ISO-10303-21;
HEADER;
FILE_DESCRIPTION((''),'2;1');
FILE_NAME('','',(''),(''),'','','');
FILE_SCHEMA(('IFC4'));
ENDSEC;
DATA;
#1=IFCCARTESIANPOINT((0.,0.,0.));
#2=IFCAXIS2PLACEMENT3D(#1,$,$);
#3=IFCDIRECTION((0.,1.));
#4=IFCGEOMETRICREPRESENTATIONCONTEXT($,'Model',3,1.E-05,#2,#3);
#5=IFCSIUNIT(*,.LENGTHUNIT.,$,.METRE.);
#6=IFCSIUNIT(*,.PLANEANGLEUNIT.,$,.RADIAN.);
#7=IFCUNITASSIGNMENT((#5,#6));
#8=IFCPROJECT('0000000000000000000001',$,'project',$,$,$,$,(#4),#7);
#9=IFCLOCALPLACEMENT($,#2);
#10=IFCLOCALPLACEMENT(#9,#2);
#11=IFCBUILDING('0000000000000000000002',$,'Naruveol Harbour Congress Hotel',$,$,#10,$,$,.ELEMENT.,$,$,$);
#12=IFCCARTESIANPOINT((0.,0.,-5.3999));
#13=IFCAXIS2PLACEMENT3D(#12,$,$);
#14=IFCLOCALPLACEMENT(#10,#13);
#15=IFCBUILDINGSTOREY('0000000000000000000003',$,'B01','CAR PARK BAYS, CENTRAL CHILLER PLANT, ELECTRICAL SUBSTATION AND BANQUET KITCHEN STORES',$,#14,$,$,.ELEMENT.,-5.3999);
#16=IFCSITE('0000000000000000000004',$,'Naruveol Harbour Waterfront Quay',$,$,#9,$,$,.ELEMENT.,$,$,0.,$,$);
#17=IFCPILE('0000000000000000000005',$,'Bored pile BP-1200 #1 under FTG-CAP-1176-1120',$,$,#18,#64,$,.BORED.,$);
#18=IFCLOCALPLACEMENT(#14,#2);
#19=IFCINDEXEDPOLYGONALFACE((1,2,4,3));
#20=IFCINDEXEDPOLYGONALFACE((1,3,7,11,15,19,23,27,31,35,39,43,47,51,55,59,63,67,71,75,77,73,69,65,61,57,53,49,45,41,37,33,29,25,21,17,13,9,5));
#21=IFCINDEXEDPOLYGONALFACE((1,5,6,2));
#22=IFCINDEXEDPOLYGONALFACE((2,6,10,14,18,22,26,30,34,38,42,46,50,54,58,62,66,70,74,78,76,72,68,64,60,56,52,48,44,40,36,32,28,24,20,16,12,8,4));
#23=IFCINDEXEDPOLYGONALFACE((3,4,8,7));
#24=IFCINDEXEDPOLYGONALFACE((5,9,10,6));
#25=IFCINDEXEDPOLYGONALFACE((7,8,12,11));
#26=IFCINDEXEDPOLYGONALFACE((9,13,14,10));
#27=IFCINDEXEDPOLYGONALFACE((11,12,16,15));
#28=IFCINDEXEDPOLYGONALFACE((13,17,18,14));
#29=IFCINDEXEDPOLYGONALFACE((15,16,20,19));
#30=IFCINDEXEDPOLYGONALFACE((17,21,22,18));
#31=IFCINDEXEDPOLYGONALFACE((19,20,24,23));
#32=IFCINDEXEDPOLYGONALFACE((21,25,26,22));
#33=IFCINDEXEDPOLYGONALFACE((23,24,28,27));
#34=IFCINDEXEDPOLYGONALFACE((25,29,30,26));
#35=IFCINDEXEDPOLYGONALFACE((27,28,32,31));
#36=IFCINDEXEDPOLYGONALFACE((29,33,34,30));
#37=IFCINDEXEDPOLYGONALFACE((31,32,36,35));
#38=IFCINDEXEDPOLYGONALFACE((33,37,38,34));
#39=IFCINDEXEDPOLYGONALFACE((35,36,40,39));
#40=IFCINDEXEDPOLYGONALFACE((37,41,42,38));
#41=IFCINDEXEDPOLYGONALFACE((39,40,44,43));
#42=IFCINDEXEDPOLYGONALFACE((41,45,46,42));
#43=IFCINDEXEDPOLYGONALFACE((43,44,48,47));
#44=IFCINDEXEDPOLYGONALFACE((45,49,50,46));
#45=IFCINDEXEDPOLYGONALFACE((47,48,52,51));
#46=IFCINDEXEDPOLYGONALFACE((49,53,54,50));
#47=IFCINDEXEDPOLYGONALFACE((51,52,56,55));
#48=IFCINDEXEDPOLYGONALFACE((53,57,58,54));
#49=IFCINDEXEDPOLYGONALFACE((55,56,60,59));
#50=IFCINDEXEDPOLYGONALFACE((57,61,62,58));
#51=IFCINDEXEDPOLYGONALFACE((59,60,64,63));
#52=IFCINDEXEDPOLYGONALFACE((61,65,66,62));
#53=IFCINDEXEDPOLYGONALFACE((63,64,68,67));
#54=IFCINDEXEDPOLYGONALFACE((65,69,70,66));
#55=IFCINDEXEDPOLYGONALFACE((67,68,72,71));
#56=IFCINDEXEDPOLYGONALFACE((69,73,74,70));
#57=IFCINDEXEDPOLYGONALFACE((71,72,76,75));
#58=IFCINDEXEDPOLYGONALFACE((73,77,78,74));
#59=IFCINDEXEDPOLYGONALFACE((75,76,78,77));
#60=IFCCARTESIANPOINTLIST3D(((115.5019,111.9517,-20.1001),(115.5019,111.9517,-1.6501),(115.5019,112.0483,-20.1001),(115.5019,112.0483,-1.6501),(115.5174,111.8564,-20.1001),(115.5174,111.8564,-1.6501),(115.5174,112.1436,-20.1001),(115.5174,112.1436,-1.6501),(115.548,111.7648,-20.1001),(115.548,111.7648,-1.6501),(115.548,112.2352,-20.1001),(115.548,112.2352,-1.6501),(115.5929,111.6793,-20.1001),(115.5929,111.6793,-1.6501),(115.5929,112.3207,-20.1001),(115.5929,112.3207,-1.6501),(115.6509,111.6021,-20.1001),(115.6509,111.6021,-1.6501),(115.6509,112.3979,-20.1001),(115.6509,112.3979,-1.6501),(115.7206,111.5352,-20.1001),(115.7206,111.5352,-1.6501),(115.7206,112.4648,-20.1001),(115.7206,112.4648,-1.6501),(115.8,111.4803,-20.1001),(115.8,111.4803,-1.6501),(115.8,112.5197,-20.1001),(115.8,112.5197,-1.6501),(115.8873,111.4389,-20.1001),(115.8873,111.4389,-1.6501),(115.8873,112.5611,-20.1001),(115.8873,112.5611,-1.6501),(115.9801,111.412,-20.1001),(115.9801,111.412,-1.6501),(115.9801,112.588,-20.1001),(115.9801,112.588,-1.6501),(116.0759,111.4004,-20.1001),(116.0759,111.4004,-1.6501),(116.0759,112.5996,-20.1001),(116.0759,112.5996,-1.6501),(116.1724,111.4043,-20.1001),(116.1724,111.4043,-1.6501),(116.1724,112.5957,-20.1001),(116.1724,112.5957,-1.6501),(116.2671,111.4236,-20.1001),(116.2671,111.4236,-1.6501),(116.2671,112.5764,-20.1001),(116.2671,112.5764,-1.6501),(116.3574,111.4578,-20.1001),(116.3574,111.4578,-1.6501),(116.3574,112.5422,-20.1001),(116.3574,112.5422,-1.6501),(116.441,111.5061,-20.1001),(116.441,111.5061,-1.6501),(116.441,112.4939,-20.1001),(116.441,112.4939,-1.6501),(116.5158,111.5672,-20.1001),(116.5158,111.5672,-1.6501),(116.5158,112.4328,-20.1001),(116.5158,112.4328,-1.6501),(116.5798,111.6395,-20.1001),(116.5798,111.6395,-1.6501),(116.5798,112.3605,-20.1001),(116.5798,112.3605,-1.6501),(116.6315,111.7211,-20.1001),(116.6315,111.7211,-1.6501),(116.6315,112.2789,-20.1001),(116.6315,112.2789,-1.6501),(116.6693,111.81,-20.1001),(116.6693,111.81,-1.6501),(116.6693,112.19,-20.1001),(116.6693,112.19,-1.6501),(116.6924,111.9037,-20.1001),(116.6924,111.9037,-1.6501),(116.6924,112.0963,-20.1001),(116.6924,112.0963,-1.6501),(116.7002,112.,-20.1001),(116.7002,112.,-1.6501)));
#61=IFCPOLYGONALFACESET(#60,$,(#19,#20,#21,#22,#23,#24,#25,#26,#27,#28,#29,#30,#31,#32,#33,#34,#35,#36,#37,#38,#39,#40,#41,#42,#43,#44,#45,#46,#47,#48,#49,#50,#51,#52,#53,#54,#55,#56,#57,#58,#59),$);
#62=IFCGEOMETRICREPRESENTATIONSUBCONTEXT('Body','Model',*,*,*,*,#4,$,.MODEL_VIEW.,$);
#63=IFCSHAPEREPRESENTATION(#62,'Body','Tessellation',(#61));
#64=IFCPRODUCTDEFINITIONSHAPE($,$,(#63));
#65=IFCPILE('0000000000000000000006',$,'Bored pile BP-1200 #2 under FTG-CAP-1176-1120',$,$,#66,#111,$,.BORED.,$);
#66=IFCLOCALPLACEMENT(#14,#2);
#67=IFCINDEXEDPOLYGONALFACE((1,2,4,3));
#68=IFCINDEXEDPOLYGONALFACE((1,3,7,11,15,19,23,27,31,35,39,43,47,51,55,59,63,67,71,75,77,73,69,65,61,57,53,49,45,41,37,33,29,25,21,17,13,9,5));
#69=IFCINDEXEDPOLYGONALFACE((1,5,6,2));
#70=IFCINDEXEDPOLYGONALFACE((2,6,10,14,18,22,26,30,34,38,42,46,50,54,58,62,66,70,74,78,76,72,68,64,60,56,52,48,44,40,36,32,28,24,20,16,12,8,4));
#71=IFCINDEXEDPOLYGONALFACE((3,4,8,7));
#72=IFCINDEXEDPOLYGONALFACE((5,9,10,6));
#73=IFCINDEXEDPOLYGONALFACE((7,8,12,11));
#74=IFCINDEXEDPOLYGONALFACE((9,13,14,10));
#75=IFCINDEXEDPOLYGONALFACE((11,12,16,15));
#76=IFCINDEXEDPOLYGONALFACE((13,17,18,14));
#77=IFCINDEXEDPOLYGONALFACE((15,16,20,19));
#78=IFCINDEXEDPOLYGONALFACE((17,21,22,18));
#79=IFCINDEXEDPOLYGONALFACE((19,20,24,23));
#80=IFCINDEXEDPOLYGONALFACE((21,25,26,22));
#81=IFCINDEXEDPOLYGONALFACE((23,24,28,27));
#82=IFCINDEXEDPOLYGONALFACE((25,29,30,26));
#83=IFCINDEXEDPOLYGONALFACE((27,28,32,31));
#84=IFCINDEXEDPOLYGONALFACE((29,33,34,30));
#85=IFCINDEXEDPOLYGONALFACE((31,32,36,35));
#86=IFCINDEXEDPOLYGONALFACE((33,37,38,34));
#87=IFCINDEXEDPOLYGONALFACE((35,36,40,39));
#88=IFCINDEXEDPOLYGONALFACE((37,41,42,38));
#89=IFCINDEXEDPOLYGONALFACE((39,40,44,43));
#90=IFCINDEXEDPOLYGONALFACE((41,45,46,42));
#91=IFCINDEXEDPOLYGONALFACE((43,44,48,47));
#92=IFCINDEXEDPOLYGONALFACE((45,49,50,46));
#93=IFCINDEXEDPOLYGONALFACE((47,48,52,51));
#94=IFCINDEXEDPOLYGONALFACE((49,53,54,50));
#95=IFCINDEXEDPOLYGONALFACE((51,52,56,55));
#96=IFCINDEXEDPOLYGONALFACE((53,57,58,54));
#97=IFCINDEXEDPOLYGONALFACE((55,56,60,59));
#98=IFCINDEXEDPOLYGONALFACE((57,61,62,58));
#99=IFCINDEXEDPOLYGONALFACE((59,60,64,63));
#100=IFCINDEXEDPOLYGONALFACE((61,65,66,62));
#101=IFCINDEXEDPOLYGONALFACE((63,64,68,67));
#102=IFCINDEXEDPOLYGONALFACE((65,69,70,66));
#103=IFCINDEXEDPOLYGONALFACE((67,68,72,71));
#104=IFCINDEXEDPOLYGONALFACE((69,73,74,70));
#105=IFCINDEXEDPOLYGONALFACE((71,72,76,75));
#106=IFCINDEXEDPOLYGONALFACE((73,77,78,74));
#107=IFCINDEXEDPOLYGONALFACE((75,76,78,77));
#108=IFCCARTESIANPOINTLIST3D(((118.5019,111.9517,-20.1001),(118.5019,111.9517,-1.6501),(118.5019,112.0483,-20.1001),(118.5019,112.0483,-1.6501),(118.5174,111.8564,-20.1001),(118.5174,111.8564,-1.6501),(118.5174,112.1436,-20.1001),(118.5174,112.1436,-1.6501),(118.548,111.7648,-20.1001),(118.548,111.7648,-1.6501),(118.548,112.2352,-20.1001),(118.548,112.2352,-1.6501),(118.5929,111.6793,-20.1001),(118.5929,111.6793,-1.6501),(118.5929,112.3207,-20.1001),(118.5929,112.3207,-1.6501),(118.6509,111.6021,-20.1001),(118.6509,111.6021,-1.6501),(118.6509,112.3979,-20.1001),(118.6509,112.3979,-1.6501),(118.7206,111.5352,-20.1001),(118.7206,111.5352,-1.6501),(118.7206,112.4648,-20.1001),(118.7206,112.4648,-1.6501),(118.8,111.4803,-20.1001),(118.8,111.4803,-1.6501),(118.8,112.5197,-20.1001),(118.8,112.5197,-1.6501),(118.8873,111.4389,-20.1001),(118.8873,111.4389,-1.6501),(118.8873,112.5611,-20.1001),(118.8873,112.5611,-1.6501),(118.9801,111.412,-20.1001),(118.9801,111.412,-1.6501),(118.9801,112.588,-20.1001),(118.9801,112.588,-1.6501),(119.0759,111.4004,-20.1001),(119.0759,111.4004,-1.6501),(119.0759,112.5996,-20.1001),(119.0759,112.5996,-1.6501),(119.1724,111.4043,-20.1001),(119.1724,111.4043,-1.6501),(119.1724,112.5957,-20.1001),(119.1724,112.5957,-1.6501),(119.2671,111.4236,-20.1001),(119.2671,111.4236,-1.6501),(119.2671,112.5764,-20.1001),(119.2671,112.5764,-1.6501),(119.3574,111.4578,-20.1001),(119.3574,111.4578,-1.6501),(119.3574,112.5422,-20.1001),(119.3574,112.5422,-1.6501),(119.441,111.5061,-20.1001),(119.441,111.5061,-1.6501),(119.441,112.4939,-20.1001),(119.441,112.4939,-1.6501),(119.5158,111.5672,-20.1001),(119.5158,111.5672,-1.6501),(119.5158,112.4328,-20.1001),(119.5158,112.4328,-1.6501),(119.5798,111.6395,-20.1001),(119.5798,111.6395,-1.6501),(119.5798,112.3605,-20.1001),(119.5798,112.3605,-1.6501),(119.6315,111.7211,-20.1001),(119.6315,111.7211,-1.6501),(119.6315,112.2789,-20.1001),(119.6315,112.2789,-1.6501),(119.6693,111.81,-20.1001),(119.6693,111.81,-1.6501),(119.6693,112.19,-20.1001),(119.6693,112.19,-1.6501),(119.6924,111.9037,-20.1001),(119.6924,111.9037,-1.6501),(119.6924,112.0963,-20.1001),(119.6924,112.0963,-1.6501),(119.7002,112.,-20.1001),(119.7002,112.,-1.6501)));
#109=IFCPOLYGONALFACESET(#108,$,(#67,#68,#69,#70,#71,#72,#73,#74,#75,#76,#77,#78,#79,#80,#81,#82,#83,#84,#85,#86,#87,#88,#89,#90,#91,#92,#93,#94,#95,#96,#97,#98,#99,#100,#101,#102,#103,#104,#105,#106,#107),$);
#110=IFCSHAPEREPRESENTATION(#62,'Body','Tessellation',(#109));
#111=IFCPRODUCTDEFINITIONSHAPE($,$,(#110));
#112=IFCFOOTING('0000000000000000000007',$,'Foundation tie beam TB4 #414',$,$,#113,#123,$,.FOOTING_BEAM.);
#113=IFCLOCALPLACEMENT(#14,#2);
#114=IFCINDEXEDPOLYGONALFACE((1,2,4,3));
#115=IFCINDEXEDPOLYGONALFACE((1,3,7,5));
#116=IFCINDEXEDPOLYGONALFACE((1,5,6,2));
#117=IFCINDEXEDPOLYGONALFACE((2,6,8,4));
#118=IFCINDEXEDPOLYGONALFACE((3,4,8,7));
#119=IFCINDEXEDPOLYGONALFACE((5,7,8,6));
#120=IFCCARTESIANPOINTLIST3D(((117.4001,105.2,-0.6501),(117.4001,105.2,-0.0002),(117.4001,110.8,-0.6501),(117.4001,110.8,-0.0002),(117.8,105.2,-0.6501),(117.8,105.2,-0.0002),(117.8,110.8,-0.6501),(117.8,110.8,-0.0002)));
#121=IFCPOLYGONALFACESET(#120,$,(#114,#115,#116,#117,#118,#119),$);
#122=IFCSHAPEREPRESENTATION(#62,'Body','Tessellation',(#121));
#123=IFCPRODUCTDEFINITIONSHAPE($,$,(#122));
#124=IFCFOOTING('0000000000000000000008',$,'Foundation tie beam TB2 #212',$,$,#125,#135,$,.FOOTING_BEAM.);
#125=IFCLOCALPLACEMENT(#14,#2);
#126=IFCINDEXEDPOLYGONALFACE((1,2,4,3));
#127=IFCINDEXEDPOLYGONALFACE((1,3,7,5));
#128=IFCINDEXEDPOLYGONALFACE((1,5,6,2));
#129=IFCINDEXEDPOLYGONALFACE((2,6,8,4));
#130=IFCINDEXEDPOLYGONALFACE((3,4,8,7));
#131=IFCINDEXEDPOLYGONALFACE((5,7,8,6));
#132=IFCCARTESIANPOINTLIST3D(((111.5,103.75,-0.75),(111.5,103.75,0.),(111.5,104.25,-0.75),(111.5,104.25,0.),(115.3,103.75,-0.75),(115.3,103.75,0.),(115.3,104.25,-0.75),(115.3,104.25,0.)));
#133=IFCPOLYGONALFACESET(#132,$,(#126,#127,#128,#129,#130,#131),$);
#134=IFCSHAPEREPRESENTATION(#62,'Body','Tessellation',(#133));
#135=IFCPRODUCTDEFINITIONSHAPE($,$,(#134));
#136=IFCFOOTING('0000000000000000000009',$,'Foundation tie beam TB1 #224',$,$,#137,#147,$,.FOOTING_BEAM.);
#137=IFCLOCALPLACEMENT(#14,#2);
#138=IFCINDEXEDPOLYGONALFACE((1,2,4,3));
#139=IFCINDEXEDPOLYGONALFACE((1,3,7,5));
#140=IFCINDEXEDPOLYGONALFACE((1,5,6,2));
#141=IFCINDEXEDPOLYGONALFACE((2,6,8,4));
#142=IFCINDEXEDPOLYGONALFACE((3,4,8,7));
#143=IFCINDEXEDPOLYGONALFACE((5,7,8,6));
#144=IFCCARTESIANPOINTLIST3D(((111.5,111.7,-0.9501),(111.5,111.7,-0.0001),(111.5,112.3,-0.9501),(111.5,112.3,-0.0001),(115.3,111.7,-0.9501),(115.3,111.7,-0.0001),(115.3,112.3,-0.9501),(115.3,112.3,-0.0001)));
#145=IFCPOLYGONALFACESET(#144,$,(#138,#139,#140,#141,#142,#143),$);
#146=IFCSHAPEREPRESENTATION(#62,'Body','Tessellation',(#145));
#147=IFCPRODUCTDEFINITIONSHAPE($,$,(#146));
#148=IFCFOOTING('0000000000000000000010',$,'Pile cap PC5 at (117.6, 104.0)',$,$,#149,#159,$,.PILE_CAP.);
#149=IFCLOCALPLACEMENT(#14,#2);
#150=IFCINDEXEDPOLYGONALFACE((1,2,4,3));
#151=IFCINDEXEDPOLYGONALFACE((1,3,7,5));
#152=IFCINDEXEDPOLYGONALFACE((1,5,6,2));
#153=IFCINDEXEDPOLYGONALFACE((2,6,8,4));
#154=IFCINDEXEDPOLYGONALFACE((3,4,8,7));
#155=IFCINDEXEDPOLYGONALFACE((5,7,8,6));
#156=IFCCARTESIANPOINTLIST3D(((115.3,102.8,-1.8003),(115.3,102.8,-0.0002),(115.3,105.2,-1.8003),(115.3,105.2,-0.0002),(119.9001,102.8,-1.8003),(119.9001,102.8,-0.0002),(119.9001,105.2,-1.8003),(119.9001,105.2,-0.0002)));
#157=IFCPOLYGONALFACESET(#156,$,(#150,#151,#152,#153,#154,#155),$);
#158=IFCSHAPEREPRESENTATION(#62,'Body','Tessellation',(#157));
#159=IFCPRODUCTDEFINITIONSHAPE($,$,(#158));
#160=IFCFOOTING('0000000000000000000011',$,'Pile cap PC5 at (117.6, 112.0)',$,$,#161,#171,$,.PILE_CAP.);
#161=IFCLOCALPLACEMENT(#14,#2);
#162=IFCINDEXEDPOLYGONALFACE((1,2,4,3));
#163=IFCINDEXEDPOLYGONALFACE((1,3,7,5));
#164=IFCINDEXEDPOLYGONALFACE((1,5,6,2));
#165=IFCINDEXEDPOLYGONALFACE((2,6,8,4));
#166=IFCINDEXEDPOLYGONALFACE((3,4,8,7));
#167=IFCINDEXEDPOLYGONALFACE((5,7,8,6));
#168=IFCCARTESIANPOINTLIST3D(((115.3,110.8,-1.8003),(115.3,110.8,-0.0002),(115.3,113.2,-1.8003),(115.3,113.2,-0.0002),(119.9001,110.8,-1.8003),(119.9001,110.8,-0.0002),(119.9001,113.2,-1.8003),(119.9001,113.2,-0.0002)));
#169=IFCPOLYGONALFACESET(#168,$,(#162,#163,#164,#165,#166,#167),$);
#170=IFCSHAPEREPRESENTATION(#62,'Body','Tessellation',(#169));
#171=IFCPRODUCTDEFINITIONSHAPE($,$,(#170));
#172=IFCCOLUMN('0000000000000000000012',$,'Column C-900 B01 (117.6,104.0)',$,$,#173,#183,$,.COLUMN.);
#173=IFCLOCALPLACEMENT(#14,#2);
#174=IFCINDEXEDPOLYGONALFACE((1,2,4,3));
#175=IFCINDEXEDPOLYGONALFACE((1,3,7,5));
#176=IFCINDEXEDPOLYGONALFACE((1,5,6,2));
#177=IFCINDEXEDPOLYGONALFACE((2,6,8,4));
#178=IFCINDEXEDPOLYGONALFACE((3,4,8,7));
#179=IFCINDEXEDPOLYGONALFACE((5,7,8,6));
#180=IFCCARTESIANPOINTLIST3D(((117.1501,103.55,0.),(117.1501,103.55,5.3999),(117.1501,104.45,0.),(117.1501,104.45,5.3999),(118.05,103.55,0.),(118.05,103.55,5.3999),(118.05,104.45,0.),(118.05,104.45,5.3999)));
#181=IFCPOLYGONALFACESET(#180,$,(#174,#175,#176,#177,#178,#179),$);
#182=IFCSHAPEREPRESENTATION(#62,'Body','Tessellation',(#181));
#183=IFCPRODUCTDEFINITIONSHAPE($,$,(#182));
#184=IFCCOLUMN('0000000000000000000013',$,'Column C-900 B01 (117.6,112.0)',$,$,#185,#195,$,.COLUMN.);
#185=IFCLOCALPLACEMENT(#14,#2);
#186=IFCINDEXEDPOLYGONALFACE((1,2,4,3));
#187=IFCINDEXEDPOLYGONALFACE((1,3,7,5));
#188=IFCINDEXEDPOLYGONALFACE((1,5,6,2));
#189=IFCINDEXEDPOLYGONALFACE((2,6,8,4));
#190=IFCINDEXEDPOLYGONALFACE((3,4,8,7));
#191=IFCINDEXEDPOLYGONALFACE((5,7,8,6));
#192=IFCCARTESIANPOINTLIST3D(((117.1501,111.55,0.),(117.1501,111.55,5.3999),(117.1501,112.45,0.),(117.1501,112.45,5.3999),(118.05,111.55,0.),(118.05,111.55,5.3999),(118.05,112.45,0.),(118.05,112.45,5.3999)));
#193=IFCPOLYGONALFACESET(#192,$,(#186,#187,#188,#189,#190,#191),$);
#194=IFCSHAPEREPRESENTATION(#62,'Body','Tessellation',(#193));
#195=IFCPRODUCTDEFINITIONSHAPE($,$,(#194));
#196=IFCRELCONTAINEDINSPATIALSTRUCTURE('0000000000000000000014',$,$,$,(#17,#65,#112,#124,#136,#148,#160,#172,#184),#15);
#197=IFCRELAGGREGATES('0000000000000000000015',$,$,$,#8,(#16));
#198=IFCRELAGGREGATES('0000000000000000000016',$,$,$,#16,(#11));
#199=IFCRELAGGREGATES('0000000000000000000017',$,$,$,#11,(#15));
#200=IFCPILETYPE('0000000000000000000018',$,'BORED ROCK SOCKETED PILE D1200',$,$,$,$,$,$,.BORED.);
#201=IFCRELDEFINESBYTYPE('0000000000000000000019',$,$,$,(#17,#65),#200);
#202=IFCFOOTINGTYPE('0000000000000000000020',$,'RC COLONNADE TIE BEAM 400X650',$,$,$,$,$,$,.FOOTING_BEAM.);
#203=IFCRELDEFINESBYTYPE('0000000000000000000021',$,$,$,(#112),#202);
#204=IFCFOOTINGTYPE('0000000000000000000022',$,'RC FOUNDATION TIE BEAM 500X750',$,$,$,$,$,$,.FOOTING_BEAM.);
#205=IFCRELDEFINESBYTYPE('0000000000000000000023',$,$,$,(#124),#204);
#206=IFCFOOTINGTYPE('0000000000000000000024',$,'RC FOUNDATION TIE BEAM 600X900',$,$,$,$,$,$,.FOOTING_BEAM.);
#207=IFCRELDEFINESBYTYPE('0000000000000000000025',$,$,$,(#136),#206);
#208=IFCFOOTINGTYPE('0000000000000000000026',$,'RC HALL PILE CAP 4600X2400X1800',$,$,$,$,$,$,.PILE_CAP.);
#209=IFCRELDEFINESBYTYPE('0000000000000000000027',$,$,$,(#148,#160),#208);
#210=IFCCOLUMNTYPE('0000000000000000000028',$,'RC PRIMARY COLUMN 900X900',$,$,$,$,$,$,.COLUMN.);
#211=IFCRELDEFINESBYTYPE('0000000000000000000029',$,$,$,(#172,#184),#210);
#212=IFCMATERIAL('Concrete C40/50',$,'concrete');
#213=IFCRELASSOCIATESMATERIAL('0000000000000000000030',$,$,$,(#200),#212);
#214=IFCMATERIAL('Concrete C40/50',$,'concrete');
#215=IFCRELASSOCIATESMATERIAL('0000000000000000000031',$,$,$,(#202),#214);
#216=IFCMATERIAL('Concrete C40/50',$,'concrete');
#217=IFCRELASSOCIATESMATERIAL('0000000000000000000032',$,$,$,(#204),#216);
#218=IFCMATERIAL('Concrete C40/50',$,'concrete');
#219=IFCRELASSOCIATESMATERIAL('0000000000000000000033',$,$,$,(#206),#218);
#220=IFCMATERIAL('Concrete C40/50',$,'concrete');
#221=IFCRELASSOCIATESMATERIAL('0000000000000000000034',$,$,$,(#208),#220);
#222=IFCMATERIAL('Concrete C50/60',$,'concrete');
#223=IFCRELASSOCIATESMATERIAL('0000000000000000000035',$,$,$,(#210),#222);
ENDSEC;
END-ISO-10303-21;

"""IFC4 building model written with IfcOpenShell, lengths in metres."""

from ifc_helpers import new_model, si_unit, direction, frame, origin, origin_2d, place, context, subcontext, project, spatial, rectangle, circle, extrude, material, material_profile, profile_set, type_object, element, save


model = new_model("IFC4")

# Units and contexts
model_context = context("Model", 3, precision=1e-05, world=origin(), true_north=direction((0.0, 1.0)))
body_context = subcontext(model_context, "Body", "Model", "MODEL_VIEW")
ifc_project = project(units=[si_unit("LENGTHUNIT", "METRE"), si_unit("PLANEANGLEUNIT", "RADIAN")], contexts=[model_context])

# Site, building, storey
site_placement = place(None, origin())
site = spatial("IfcSite", under=ifc_project, at=site_placement, Name="Naruveol Harbour Waterfront Quay", CompositionType="ELEMENT", RefElevation=0.0)
building_placement = place(site_placement, origin())
building = spatial("IfcBuilding", under=site, at=building_placement, Name="Naruveol Harbour Congress Hotel", CompositionType="ELEMENT")
storey_placement = place(building_placement, frame((0.0, 0.0, -5.3999)))
storey = spatial("IfcBuildingStorey", under=building, at=storey_placement, Name="B01", Description="CAR PARK BAYS, CENTRAL CHILLER PLANT, ELECTRICAL SUBSTATION AND BANQUET KITCHEN STORES", CompositionType="ELEMENT", Elevation=-5.3999)

# Piles
ifc_material_1 = material(Name="Concrete C40/50", Category="concrete")
ifc_material_profile_1 = material_profile(ifc_material_1, circle(Radius=0.6001, at=origin_2d()), Name="BP-1200")
ifc_profile_set_1 = profile_set([ifc_material_profile_1], Name="Concrete C40/50")
pile_type = type_object("IfcPileType", Name="BORED ROCK SOCKETED PILE D1200", PredefinedType="BORED", material=ifc_profile_set_1)
for number, where, z_axis, x_axis, name in (
    (1, (116.1001, 112.0, -1.6501), (0.0, 0.0, -1.0), (1.0, 0.0, 0.0), "Bored pile BP-1200 #1 under FTG-CAP-1176-1120"),
    (2, (119.1001, 112.0, -1.6501), (0.0, 0.0, -1.0), (1.0, 0.0, 0.0), "Bored pile BP-1200 #2 under FTG-CAP-1176-1120"),
):
    element("IfcPile", number, at=place(storey_placement, frame(where, z_axis=z_axis, x_axis=x_axis)), inside=storey, type_object=pile_type, Name=name, PredefinedType="BORED", context=body_context, shape_type="SweptSolid", body=[
        extrude(circle(Radius=0.6001, at=origin_2d()), origin(), (0.0, 0.0, 1.0), 18.45),
    ])

# Footings
ifc_material_2 = material(Name="Concrete C40/50", Category="concrete")
ifc_material_profile_2 = material_profile(ifc_material_2, rectangle(XDim=0.3999, YDim=0.6499, at=origin_2d()), Name="RCB-400x650")
ifc_profile_set_2 = profile_set([ifc_material_profile_2], Name="Concrete C40/50")
footing_type_1 = type_object("IfcFootingType", Name="RC COLONNADE TIE BEAM 400X650", PredefinedType="FOOTING_BEAM", material=ifc_profile_set_2)
footing_1_placement = place(storey_placement, frame((117.6001, 105.2, -0.3252), z_axis=(0.0, 1.0, 0.0), x_axis=(-1.0, 0.0, 0.0)))
element("IfcFooting", 3, at=footing_1_placement, inside=storey, type_object=footing_type_1, Name="Foundation tie beam TB4 #414", PredefinedType="FOOTING_BEAM", context=body_context, shape_type="SweptSolid", body=[
    extrude(rectangle(XDim=0.3999, YDim=0.6499, at=origin_2d()), origin(), (0.0, 0.0, 1.0), 5.6001),
])
ifc_material_3 = material(Name="Concrete C40/50", Category="concrete")
ifc_material_profile_3 = material_profile(ifc_material_3, rectangle(XDim=0.5, YDim=0.75, at=origin_2d()), Name="RCB-500x750")
ifc_profile_set_3 = profile_set([ifc_material_profile_3], Name="Concrete C40/50")
footing_type_2 = type_object("IfcFootingType", Name="RC FOUNDATION TIE BEAM 500X750", PredefinedType="FOOTING_BEAM", material=ifc_profile_set_3)
footing_2_placement = place(storey_placement, frame((111.5, 104.0, -0.375), z_axis=(1.0, 0.0, 0.0), x_axis=(0.0, 1.0, 0.0)))
element("IfcFooting", 4, at=footing_2_placement, inside=storey, type_object=footing_type_2, Name="Foundation tie beam TB2 #212", PredefinedType="FOOTING_BEAM", context=body_context, shape_type="SweptSolid", body=[
    extrude(rectangle(XDim=0.5, YDim=0.75, at=origin_2d()), origin(), (0.0, 0.0, 1.0), 3.8),
])
ifc_material_4 = material(Name="Concrete C40/50", Category="concrete")
ifc_material_profile_4 = material_profile(ifc_material_4, rectangle(XDim=0.6001, YDim=0.95, at=origin_2d()), Name="RCB-600x950")
ifc_profile_set_4 = profile_set([ifc_material_profile_4], Name="Concrete C40/50")
footing_type_3 = type_object("IfcFootingType", Name="RC FOUNDATION TIE BEAM 600X900", PredefinedType="FOOTING_BEAM", material=ifc_profile_set_4)
footing_3_placement = place(storey_placement, frame((111.5, 112.0, -0.4751), z_axis=(1.0, 0.0, 0.0), x_axis=(0.0, 1.0, 0.0)))
element("IfcFooting", 5, at=footing_3_placement, inside=storey, type_object=footing_type_3, Name="Foundation tie beam TB1 #224", PredefinedType="FOOTING_BEAM", context=body_context, shape_type="SweptSolid", body=[
    extrude(rectangle(XDim=0.6001, YDim=0.95, at=origin_2d()), origin(), (0.0, 0.0, 1.0), 3.8),
])
ifc_material_5 = material(Name="Concrete C40/50", Category="concrete")
footing_type_4 = type_object("IfcFootingType", Name="RC HALL PILE CAP 4600X2400X1800", PredefinedType="PILE_CAP", material=ifc_material_5)
for number, where, z_axis, x_axis, name in (
    (6, (117.6001, 104.0, -1.8003), (0.0, 0.0, 1.0), (1.0, 0.0, 0.0), "Pile cap PC5 at (117.6, 104.0)"),
    (7, (117.6001, 112.0, -1.8003), (0.0, 0.0, 1.0), (1.0, 0.0, 0.0), "Pile cap PC5 at (117.6, 112.0)"),
):
    element("IfcFooting", number, at=place(storey_placement, frame(where, z_axis=z_axis, x_axis=x_axis)), inside=storey, type_object=footing_type_4, Name=name, PredefinedType="PILE_CAP", context=body_context, shape_type="SweptSolid", body=[
        extrude(rectangle(XDim=4.6001, YDim=2.3999, at=origin_2d()), origin(), (0.0, 0.0, 1.0), 1.8),
    ])

# Columns
ifc_material_6 = material(Name="Concrete C50/60", Category="concrete")
ifc_material_profile_5 = material_profile(ifc_material_6, rectangle(XDim=0.8999, YDim=0.8999, at=origin_2d()), Name="RC-900x900")
ifc_profile_set_5 = profile_set([ifc_material_profile_5], Name="Concrete C50/60")
column_type = type_object("IfcColumnType", Name="RC PRIMARY COLUMN 900X900", PredefinedType="COLUMN", material=ifc_profile_set_5)
for number, where, z_axis, x_axis, name in (
    (8, (117.6001, 104.0, 0.0), (0.0, 0.0, 1.0), (1.0, 0.0, 0.0), "Column C-900 B01 (117.6,104.0)"),
    (9, (117.6001, 112.0, 0.0), (0.0, 0.0, 1.0), (1.0, 0.0, 0.0), "Column C-900 B01 (117.6,112.0)"),
):
    element("IfcColumn", number, at=place(storey_placement, frame(where, z_axis=z_axis, x_axis=x_axis)), inside=storey, type_object=column_type, Name=name, PredefinedType="COLUMN", context=body_context, shape_type="SweptSolid", body=[
        extrude(rectangle(XDim=0.8999, YDim=0.8999, at=origin_2d()), origin(), (0.0, 0.0, 1.0), 5.3999),
    ])

save(model, "model.ifc")
